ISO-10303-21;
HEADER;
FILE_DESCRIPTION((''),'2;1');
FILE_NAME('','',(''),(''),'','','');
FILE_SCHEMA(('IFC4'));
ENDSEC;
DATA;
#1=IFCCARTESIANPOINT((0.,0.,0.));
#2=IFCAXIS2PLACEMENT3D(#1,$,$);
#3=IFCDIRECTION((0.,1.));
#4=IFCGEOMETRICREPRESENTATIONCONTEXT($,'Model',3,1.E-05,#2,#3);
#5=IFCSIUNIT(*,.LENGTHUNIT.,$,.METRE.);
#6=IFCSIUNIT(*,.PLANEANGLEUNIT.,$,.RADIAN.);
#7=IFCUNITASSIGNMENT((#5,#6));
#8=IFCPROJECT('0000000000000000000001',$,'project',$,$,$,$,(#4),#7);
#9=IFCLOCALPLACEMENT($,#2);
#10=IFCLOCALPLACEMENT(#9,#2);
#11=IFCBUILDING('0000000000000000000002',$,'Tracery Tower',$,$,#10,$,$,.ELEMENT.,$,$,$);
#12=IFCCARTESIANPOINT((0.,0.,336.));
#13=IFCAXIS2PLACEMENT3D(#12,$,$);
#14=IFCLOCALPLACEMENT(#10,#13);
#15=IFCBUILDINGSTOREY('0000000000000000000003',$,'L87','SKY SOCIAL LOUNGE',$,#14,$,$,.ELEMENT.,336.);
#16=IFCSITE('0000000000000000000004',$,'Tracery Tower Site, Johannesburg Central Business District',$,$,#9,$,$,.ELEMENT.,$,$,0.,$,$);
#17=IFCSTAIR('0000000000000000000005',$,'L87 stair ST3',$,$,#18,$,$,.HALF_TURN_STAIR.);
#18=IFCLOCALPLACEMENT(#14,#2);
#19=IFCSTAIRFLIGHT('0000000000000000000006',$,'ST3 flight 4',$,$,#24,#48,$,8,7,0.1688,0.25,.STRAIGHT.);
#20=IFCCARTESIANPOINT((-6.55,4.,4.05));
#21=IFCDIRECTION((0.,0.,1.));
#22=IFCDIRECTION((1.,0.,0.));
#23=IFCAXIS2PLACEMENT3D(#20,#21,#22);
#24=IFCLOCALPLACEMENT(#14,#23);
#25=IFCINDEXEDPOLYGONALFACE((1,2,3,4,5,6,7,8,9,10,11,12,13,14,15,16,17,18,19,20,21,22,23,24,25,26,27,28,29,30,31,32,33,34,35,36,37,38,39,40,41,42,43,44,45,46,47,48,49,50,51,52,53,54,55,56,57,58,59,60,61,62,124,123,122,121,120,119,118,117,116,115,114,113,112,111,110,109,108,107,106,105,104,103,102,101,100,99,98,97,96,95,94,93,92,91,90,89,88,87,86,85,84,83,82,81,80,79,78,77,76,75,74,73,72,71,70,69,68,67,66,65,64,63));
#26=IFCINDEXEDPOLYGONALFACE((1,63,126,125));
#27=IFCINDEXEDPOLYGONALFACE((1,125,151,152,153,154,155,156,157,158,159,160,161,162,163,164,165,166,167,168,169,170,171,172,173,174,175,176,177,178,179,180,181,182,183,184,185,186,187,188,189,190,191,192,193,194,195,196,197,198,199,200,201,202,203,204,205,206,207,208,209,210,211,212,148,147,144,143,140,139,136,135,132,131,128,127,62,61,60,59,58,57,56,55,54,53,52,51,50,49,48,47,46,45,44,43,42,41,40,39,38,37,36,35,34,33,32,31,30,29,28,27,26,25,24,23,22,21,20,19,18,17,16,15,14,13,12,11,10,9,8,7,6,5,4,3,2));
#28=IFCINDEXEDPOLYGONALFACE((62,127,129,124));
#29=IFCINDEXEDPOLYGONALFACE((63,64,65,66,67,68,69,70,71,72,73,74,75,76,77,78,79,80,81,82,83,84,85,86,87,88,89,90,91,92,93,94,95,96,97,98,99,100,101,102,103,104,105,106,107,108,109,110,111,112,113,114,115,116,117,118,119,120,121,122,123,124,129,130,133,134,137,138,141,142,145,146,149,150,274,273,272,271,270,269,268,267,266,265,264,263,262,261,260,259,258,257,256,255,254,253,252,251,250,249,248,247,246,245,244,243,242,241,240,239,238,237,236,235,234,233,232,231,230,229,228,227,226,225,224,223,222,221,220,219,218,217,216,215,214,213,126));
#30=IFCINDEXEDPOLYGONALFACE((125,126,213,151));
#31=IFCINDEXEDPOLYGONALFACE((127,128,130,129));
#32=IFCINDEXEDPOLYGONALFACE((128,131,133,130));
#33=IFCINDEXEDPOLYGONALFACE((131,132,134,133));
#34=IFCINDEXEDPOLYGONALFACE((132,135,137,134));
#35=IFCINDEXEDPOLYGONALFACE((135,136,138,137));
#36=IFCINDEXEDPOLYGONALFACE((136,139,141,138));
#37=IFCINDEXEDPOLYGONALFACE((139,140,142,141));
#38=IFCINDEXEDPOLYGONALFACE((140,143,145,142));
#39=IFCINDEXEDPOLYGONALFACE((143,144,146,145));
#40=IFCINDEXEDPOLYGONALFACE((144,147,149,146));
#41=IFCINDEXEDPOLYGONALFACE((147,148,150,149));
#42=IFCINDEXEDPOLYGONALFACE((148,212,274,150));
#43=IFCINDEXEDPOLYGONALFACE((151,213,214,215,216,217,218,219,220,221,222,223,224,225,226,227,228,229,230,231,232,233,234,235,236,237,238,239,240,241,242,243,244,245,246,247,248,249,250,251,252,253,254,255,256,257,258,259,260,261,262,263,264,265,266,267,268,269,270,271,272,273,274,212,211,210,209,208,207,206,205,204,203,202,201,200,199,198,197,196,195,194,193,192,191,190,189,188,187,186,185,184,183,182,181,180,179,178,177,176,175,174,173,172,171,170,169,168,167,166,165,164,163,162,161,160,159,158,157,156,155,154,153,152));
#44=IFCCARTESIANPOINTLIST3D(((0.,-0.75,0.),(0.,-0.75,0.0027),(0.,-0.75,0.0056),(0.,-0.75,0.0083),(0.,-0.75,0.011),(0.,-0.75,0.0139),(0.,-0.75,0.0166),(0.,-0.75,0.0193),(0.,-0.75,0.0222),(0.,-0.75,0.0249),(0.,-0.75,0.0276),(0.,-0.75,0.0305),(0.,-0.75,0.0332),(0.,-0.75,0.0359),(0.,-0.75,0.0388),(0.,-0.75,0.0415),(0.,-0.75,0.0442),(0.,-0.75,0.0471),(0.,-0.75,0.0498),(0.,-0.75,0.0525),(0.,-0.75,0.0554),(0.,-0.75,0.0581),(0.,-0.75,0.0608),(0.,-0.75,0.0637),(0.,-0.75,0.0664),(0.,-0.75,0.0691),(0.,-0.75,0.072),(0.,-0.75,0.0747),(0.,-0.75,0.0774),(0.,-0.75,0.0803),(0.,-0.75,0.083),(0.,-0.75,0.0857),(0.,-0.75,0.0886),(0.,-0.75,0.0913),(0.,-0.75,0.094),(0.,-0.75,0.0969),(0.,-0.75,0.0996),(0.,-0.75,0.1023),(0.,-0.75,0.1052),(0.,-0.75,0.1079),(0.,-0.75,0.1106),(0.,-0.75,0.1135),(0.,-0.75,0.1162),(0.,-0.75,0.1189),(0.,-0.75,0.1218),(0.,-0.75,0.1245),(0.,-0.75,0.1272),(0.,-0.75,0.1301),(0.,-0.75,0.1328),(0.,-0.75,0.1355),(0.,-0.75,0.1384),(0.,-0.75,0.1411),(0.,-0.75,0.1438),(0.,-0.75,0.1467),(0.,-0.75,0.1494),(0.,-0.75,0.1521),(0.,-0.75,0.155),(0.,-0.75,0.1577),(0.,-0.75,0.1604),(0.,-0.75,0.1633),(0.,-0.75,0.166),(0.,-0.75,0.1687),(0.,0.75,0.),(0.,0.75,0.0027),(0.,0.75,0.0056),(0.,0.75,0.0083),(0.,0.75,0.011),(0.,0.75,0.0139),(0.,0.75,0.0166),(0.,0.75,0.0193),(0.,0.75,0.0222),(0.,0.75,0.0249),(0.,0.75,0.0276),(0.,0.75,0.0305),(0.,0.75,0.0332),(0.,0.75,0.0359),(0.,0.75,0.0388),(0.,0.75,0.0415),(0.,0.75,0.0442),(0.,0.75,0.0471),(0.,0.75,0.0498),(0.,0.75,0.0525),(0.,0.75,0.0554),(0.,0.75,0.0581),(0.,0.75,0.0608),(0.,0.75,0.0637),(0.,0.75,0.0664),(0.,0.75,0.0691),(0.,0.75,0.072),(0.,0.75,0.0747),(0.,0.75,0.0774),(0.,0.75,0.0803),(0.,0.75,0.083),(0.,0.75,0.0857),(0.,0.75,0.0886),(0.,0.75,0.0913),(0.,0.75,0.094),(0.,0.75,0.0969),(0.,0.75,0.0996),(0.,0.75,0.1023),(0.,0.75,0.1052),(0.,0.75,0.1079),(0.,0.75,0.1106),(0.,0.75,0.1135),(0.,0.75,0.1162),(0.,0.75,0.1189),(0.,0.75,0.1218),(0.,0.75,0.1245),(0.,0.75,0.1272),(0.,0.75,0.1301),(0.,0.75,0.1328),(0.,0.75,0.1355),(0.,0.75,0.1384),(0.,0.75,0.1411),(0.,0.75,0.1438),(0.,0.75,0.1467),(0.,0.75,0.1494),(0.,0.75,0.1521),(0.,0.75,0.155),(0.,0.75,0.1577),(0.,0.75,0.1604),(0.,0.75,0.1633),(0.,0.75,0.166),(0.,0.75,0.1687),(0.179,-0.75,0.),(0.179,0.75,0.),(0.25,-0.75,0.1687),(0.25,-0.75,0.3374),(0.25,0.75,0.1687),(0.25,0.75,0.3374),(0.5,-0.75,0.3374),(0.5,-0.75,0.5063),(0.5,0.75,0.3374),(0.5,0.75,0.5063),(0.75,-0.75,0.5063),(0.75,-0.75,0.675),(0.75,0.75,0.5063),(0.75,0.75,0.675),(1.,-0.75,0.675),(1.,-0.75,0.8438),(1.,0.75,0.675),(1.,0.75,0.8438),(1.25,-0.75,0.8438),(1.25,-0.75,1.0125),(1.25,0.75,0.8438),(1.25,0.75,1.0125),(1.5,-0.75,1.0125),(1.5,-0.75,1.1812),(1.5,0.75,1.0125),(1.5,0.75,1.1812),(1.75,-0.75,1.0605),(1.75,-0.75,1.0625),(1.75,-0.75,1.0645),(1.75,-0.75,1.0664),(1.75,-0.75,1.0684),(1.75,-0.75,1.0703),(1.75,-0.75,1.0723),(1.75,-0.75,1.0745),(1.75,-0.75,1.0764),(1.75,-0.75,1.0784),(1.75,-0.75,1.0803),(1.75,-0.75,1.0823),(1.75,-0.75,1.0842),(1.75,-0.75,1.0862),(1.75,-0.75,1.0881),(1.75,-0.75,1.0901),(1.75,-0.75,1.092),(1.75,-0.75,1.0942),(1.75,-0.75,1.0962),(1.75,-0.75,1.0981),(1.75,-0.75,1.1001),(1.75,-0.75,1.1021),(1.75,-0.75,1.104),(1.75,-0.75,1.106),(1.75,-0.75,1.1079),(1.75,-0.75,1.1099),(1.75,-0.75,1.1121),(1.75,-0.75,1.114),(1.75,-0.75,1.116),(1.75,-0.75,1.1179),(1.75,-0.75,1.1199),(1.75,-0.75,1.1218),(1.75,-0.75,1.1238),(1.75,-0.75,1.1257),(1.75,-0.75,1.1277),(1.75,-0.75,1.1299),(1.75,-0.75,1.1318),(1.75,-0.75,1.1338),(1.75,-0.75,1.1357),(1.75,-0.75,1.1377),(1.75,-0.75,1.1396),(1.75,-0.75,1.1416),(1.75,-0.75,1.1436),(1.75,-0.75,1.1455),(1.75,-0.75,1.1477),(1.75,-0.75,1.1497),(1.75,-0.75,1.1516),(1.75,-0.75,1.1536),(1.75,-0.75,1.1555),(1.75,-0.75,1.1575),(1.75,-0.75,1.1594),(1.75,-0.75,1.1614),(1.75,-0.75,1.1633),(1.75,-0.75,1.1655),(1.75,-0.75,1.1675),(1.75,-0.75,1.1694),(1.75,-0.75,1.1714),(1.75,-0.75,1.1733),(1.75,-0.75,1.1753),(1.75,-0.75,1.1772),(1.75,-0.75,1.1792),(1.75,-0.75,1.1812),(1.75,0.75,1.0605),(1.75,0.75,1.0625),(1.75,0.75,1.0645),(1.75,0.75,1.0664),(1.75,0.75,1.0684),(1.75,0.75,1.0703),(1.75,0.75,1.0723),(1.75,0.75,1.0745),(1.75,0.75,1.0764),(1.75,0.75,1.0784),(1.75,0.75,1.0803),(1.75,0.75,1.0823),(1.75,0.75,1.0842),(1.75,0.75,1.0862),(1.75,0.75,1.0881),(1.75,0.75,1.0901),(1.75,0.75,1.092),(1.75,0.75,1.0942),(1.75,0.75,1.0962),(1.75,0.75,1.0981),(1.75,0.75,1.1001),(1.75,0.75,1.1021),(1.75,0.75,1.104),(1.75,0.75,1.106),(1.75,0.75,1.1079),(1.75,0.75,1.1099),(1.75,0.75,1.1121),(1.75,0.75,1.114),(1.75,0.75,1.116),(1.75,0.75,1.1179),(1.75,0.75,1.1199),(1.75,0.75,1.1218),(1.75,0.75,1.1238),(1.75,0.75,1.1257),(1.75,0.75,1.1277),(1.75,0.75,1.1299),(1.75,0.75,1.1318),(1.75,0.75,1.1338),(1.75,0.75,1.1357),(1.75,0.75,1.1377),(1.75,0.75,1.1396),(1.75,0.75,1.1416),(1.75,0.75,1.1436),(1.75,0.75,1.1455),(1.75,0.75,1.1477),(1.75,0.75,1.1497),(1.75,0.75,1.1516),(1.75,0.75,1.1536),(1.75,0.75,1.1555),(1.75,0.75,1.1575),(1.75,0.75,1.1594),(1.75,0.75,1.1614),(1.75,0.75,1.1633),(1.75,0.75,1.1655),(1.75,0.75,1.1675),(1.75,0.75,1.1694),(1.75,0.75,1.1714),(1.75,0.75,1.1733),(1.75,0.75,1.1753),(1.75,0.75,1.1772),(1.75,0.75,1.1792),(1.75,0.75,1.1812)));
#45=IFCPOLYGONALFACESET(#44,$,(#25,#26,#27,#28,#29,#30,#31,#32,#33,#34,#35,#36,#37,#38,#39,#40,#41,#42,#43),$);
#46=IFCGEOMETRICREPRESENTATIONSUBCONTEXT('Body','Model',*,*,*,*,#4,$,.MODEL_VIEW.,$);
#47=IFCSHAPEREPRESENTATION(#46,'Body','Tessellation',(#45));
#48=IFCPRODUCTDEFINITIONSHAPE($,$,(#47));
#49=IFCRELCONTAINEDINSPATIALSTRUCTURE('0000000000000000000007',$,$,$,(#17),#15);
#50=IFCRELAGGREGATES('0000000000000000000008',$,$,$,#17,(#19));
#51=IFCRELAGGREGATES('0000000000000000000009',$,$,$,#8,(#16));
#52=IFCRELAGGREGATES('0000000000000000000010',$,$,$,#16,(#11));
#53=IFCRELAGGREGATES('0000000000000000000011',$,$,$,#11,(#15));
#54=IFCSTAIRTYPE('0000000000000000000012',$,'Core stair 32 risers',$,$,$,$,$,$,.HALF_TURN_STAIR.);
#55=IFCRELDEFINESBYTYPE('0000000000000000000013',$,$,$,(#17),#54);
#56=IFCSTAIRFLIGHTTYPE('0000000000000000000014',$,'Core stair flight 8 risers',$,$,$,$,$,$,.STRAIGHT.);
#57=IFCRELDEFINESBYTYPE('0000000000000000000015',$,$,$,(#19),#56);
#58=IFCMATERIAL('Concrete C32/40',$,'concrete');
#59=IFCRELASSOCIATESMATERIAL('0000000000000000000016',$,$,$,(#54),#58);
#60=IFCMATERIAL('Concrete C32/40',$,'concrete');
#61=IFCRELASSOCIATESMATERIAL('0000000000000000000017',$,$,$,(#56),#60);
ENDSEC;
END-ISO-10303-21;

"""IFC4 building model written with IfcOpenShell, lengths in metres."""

from ifc_helpers import new_model, si_unit, direction, frame, origin, place, context, subcontext, project, spatial, polyline, outline, extrude, material, type_object, element, aggregate, save


model = new_model("IFC4")

# Units and contexts
model_context = context("Model", 3, precision=1e-05, world=origin(), true_north=direction((0.0, 1.0)))
body_context = subcontext(model_context, "Body", "Model", "MODEL_VIEW")
ifc_project = project(units=[si_unit("LENGTHUNIT", "METRE"), si_unit("PLANEANGLEUNIT", "RADIAN")], contexts=[model_context])

# Site, building, storey
site_placement = place(None, origin())
site = spatial("IfcSite", under=ifc_project, at=site_placement, Name="Tracery Tower Site, Johannesburg Central Business District", CompositionType="ELEMENT", RefElevation=0.0)
building_placement = place(site_placement, origin())
building = spatial("IfcBuilding", under=site, at=building_placement, Name="Tracery Tower", CompositionType="ELEMENT")
storey_placement = place(building_placement, frame((0.0, 0.0, 336.0)))
storey = spatial("IfcBuildingStorey", under=building, at=storey_placement, Name="L87", Description="SKY SOCIAL LOUNGE", CompositionType="ELEMENT", Elevation=336.0)

# Stair, stair flight
ifc_material_1 = material(Name="Concrete C32/40", Category="concrete")
stair_type = type_object("IfcStairType", Name="Core stair 32 risers", PredefinedType="HALF_TURN_STAIR", material=ifc_material_1)
stair_placement = place(storey_placement, origin())
stair = element("IfcStair", 1, at=stair_placement, inside=storey, type_object=stair_type, Name="L87 stair ST3", PredefinedType="HALF_TURN_STAIR")
ifc_material_2 = material(Name="Concrete C32/40", Category="concrete")
stair_flight_type = type_object("IfcStairFlightType", Name="Core stair flight 8 risers", PredefinedType="STRAIGHT", material=ifc_material_2)
stair_flight_1_placement = place(storey_placement, frame((-6.55, 4.0, 4.05), z_axis=(0.0, 0.0, 1.0), x_axis=(1.0, 0.0, 0.0)))
stair_flight_1 = element("IfcStairFlight", 2, at=stair_flight_1_placement, type_object=stair_flight_type, Name="ST3 flight 4", NumberOfRisers=8, NumberOfTreads=7, PredefinedType="STRAIGHT", RiserHeight=0.1688, TreadLength=0.25, context=body_context, shape_type="SweptSolid", body=[
    extrude(outline(polyline([(0.0, 0.0), (0.0, 0.0027), (0.0, 0.0056), (0.0, 0.0083), (0.0, 0.011), (0.0, 0.0139), (0.0, 0.0166), (0.0, 0.0193), (0.0, 0.0222), (0.0, 0.0249), (0.0, 0.0276), (0.0, 0.0305), (0.0, 0.0332), (0.0, 0.0359), (0.0, 0.0388), (0.0, 0.0415), (0.0, 0.0442), (0.0, 0.0471), (0.0, 0.0498), (0.0, 0.0525), (0.0, 0.0554), (0.0, 0.0581), (0.0, 0.0608), (0.0, 0.0637), (0.0, 0.0664), (0.0, 0.0691), (0.0, 0.072), (0.0, 0.0747), (0.0, 0.0774), (0.0, 0.0803), (0.0, 0.083), (0.0, 0.0857), (0.0, 0.0886), (0.0, 0.0913), (0.0, 0.094), (0.0, 0.0969), (0.0, 0.0996), (0.0, 0.1023), (0.0, 0.1052), (0.0, 0.1079), (0.0, 0.1106), (0.0, 0.1135), (0.0, 0.1162), (0.0, 0.1189), (0.0, 0.1218), (0.0, 0.1245), (0.0, 0.1272), (0.0, 0.1301), (0.0, 0.1328), (0.0, 0.1355), (0.0, 0.1384), (0.0, 0.1411), (0.0, 0.1438), (0.0, 0.1467), (0.0, 0.1494), (0.0, 0.1521), (0.0, 0.155), (0.0, 0.1577), (0.0, 0.1604), (0.0, 0.1633), (0.0, 0.166), (0.0, 0.1687), (0.25, 0.1687), (0.25, 0.3374), (0.5, 0.3374), (0.5, 0.5063), (0.75, 0.5063), (0.75, 0.675), (1.0, 0.675), (1.0, 0.8438), (1.25, 0.8438), (1.25, 1.0125), (1.5, 1.0125), (1.5, 1.1812), (1.75, 1.1812), (1.75, 1.1792), (1.75, 1.1772), (1.75, 1.1753), (1.75, 1.1733), (1.75, 1.1714), (1.75, 1.1694), (1.75, 1.1675), (1.75, 1.1655), (1.75, 1.1633), (1.75, 1.1614), (1.75, 1.1594), (1.75, 1.1575), (1.75, 1.1555), (1.75, 1.1536), (1.75, 1.1516), (1.75, 1.1497), (1.75, 1.1477), (1.75, 1.1455), (1.75, 1.1436), (1.75, 1.1416), (1.75, 1.1396), (1.75, 1.1377), (1.75, 1.1357), (1.75, 1.1338), (1.75, 1.1318), (1.75, 1.1299), (1.75, 1.1277), (1.75, 1.1257), (1.75, 1.1238), (1.75, 1.1218), (1.75, 1.1199), (1.75, 1.1179), (1.75, 1.116), (1.75, 1.114), (1.75, 1.1121), (1.75, 1.1099), (1.75, 1.1079), (1.75, 1.106), (1.75, 1.104), (1.75, 1.1021), (1.75, 1.1001), (1.75, 1.0981), (1.75, 1.0962), (1.75, 1.0942), (1.75, 1.092), (1.75, 1.0901), (1.75, 1.0881), (1.75, 1.0862), (1.75, 1.0842), (1.75, 1.0823), (1.75, 1.0803), (1.75, 1.0784), (1.75, 1.0764), (1.75, 1.0745), (1.75, 1.0723), (1.75, 1.0703), (1.75, 1.0684), (1.75, 1.0664), (1.75, 1.0645), (1.75, 1.0625), (1.75, 1.0605), (0.179, 0.0), (0.0, 0.0)])), frame((0.0, 0.75, 0.0), z_axis=(0.0, -1.0, 0.0), x_axis=(1.0, 0.0, 0.0)), (0.0, 0.0, 1.0), 1.5),
])
aggregate(stair, [stair_flight_1])

save(model, "model.ifc")
